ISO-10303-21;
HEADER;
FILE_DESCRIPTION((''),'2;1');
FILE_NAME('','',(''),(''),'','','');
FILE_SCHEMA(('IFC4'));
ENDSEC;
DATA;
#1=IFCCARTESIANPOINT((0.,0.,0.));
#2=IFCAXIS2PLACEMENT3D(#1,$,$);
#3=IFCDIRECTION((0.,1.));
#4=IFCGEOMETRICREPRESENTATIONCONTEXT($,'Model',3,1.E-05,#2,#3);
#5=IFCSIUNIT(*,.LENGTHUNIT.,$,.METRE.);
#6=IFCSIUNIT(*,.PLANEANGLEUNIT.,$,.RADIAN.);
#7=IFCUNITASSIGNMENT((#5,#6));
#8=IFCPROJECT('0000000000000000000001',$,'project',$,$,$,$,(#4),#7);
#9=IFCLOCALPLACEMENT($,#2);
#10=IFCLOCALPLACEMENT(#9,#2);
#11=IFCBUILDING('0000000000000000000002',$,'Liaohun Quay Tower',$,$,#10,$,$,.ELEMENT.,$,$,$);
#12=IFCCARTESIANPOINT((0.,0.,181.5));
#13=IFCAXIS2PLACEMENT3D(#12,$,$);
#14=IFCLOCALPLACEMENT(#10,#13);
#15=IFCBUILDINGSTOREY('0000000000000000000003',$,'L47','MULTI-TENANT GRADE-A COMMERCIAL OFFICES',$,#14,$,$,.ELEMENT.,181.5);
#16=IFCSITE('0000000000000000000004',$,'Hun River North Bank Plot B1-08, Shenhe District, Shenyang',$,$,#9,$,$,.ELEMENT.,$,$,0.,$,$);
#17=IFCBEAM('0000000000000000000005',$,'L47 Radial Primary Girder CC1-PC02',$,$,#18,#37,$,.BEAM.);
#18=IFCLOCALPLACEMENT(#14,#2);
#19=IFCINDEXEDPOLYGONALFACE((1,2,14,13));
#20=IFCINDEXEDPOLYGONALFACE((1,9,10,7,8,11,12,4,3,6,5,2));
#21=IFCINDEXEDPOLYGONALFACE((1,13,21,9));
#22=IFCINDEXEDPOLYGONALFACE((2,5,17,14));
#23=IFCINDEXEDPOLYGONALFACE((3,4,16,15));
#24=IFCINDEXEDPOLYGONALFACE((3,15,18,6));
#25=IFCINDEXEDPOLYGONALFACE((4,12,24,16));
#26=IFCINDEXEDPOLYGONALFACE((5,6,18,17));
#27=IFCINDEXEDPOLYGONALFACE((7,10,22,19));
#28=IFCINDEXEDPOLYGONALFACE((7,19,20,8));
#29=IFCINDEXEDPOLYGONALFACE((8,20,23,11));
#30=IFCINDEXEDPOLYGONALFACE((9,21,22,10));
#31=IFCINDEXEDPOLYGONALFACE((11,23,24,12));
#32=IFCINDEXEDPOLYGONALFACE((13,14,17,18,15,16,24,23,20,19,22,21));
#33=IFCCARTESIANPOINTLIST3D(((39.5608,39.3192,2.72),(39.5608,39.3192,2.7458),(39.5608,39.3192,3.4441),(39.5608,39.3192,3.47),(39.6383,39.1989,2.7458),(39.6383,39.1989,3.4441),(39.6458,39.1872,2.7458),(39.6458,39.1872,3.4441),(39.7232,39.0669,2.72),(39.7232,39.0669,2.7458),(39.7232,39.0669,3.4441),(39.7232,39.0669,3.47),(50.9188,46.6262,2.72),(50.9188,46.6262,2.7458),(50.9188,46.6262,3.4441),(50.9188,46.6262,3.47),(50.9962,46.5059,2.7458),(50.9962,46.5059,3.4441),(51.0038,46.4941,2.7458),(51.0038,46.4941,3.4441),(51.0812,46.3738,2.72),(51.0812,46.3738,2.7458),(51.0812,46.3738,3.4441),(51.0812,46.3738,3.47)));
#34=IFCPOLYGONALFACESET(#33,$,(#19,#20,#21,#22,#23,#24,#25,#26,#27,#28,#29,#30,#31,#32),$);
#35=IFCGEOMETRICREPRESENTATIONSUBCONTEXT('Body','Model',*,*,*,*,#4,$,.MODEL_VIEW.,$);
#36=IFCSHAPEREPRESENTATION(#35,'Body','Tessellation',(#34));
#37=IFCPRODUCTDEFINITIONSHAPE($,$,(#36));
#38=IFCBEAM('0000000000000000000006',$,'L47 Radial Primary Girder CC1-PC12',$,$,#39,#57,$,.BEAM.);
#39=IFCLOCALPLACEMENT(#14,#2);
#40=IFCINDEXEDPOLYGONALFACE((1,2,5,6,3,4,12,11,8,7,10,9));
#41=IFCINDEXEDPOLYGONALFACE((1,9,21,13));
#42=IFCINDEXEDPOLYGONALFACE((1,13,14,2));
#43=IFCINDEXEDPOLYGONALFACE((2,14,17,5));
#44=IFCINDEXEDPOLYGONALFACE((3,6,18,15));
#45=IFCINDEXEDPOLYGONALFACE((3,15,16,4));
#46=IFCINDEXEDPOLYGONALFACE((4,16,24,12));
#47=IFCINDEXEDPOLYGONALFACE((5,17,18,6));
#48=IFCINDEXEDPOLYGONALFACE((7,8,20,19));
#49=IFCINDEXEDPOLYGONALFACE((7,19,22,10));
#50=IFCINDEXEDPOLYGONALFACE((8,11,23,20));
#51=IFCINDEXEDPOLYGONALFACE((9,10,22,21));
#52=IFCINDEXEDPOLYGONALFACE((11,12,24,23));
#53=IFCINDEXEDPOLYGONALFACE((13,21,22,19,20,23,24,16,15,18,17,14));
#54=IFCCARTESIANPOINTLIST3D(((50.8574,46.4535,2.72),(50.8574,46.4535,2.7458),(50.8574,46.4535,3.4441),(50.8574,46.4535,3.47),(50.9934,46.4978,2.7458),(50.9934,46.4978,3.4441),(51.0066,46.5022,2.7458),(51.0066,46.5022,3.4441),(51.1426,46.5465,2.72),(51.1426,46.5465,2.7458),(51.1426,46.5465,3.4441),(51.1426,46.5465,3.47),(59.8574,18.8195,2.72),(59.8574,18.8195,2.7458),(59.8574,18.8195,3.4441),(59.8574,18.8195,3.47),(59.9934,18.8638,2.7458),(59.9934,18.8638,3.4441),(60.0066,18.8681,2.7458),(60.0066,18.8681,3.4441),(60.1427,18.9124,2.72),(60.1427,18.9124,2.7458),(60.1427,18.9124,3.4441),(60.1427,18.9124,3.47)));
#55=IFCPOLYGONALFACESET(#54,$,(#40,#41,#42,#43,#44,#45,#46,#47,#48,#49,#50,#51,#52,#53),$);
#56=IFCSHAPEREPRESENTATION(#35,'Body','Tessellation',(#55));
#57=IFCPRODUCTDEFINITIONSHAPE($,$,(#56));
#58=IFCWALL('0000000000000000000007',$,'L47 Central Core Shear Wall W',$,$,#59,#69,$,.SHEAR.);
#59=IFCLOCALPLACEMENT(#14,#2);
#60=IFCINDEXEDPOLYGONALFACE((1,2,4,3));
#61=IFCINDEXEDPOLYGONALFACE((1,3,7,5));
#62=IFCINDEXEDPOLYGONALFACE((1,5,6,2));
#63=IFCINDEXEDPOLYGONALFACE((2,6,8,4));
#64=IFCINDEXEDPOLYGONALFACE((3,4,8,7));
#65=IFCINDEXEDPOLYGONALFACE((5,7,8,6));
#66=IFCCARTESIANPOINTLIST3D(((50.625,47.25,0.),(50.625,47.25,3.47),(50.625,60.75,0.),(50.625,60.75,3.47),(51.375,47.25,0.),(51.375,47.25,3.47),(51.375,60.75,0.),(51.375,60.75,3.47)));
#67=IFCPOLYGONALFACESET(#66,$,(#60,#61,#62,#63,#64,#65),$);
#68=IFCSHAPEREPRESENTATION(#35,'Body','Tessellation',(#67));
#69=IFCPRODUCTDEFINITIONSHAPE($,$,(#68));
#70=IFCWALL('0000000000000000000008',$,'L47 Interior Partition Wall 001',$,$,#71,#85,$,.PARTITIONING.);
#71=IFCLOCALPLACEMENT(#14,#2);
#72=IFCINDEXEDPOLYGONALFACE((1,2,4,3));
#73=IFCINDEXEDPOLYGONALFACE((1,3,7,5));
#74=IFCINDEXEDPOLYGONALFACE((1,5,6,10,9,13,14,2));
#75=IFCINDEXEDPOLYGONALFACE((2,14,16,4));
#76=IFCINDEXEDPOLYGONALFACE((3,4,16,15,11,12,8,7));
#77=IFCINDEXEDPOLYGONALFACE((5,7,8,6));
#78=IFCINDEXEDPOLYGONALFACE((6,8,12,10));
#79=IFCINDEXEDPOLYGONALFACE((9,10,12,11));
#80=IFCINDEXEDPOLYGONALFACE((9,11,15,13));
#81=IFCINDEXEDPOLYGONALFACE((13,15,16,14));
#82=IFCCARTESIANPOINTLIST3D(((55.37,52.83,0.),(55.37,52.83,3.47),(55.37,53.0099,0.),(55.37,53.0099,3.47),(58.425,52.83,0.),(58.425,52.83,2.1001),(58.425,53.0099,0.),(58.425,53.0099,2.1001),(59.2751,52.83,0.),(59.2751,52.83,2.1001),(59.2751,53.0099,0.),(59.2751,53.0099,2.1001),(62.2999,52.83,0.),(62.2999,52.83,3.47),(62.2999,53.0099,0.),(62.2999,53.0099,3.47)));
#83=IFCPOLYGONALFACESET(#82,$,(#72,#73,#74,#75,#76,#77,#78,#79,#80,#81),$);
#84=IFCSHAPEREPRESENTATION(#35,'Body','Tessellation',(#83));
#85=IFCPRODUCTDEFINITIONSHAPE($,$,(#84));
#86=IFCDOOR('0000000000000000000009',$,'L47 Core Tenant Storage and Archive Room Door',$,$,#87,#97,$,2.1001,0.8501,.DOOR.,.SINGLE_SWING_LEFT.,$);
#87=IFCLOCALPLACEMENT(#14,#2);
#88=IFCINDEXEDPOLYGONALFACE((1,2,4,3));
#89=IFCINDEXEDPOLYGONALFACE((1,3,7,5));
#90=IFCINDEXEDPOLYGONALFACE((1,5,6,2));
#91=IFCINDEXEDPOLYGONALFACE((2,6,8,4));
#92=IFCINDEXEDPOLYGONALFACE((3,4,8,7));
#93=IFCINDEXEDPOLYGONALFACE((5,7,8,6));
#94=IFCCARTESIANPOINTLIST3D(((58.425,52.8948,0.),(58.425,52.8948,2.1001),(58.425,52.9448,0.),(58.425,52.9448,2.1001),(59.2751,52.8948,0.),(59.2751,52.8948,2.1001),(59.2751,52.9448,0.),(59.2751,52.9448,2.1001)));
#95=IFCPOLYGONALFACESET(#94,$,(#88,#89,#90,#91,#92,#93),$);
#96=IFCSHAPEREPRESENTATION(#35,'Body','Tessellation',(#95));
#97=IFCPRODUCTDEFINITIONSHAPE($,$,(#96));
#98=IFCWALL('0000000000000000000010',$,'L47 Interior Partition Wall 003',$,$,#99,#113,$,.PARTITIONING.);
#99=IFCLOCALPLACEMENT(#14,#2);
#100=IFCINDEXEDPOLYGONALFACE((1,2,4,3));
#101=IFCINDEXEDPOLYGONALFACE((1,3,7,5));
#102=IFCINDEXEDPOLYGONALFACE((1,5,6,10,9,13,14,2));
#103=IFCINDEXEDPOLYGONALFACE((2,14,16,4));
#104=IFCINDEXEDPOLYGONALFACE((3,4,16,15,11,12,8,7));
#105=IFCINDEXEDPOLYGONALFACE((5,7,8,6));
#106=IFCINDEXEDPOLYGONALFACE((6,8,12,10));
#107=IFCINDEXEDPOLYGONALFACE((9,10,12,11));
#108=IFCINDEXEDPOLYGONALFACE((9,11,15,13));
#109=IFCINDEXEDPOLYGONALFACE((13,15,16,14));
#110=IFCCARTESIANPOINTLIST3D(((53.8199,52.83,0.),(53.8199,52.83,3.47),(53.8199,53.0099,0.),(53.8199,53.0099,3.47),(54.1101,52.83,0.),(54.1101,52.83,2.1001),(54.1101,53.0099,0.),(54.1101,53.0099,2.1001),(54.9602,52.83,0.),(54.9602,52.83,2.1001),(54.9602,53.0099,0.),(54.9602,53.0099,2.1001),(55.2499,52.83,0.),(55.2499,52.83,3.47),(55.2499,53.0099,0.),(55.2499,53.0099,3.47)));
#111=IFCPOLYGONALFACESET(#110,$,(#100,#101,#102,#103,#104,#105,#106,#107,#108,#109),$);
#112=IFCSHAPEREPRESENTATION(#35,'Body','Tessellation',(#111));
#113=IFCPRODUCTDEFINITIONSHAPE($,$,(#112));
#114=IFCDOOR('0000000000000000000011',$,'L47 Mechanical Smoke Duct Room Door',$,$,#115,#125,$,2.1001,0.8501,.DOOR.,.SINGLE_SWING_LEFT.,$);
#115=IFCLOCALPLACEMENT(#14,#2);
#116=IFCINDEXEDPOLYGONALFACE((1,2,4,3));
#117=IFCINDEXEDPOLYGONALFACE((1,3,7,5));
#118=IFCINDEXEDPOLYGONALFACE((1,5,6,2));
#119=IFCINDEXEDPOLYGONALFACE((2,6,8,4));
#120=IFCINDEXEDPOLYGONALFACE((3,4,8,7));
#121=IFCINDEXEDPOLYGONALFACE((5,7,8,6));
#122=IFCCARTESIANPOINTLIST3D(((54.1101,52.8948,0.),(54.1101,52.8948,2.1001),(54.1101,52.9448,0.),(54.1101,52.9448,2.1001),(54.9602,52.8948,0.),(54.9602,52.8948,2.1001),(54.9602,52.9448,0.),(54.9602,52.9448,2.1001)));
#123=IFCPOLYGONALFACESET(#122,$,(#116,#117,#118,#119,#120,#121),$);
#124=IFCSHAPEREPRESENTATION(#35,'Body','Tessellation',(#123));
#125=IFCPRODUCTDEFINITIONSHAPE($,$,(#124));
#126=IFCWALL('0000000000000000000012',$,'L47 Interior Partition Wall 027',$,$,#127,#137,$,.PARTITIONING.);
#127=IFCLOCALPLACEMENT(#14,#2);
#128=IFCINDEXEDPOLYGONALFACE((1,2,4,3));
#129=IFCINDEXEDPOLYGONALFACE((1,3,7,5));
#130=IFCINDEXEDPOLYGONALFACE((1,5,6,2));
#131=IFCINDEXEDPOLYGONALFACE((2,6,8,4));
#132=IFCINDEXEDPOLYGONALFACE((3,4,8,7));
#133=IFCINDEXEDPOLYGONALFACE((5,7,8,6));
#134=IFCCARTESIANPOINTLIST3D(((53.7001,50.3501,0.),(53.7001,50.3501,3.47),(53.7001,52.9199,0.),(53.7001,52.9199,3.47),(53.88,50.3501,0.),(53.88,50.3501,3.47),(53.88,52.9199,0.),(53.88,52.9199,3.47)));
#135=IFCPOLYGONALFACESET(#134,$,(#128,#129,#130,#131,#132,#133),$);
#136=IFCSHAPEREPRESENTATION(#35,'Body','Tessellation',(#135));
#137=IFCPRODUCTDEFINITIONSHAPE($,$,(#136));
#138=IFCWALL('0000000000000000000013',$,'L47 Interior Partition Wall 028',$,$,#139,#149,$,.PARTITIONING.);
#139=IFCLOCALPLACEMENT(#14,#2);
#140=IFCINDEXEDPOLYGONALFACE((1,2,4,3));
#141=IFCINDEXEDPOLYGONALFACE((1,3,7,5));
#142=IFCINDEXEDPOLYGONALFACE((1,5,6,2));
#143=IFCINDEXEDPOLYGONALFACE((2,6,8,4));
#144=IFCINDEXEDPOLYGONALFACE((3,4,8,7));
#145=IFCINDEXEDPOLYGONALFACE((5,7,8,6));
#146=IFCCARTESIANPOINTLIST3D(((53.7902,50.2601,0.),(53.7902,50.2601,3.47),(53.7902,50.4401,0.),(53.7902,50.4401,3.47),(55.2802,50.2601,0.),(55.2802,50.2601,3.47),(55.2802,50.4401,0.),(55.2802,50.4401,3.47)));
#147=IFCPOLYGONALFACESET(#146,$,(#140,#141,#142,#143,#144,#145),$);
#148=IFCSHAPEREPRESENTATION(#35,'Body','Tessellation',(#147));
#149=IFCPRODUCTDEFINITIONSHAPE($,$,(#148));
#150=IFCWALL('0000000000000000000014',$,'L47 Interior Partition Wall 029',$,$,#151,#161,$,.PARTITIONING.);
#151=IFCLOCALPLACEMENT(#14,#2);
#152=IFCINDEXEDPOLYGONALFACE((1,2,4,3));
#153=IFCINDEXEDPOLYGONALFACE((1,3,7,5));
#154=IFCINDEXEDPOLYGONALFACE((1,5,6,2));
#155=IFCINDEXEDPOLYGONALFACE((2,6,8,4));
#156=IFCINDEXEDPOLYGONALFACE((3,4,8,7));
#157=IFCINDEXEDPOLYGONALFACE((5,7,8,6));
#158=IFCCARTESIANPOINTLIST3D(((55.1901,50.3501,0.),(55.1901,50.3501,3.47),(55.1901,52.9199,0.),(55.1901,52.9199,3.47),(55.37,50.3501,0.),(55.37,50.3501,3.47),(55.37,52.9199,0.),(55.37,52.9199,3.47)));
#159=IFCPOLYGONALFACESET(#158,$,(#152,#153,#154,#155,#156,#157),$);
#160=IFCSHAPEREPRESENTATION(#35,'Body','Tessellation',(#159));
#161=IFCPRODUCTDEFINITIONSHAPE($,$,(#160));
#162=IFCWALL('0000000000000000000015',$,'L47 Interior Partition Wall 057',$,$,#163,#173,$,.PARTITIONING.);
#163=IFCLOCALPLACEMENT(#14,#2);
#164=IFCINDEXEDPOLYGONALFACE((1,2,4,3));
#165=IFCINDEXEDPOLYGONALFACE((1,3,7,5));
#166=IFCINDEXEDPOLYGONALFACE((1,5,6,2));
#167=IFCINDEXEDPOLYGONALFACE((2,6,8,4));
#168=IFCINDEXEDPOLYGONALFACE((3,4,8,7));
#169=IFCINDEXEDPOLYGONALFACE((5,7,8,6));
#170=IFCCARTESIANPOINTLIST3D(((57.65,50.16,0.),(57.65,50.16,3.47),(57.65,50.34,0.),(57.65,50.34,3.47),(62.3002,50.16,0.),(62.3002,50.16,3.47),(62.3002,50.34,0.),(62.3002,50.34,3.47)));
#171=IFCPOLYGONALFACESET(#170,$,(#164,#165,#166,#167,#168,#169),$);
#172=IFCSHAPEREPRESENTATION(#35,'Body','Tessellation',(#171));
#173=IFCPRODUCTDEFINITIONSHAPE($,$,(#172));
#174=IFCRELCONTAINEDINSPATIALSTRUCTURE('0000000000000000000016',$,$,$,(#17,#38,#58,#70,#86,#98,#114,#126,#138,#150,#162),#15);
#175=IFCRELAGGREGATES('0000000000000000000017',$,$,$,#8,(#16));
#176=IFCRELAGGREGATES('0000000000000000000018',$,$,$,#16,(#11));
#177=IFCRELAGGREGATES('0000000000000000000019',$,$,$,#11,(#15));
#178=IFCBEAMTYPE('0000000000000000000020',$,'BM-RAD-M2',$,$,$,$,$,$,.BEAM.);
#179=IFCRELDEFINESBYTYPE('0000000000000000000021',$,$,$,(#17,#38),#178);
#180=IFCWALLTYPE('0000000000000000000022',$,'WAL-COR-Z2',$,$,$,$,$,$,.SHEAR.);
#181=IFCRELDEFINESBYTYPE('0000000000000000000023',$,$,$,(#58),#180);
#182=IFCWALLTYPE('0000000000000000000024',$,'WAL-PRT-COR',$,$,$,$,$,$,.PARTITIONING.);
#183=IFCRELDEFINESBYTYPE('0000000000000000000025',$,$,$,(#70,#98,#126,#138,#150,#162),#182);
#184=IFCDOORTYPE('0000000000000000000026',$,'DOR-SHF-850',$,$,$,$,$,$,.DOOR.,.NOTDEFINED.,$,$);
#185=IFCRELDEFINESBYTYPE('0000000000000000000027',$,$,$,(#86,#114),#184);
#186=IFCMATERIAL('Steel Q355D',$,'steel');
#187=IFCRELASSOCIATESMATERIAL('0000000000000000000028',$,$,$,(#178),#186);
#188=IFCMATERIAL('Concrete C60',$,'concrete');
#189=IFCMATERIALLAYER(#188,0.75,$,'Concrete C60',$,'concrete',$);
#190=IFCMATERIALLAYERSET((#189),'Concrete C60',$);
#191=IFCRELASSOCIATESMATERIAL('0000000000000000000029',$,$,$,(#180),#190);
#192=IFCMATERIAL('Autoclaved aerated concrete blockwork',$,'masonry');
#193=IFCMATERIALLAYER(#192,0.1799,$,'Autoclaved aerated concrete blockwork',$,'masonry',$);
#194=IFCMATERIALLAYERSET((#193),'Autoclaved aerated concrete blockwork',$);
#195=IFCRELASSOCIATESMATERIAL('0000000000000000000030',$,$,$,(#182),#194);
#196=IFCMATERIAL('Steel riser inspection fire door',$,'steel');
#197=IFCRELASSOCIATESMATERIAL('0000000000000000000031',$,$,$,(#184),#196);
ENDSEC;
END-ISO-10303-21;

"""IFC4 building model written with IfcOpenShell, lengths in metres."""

from ifc_helpers import new_model, si_unit, direction, frame, frame_2d, origin, origin_2d, place, context, subcontext, project, spatial, rectangle, i_section, extrude, source, transform, mapped, material, layer, layer_set, material_profile, profile_set, type_object, element, fill, save


model = new_model("IFC4")

# Units and contexts
model_context = context("Model", 3, precision=1e-05, world=origin(), true_north=direction((0.0, 1.0)))
body_context = subcontext(model_context, "Body", "Model", "MODEL_VIEW")
ifc_project = project(units=[si_unit("LENGTHUNIT", "METRE"), si_unit("PLANEANGLEUNIT", "RADIAN")], contexts=[model_context])

# Site, building, storey
site_placement = place(None, origin())
site = spatial("IfcSite", under=ifc_project, at=site_placement, Name="Hun River North Bank Plot B1-08, Shenhe District, Shenyang", CompositionType="ELEMENT", RefElevation=0.0)
building_placement = place(site_placement, origin())
building = spatial("IfcBuilding", under=site, at=building_placement, Name="Liaohun Quay Tower", CompositionType="ELEMENT")
storey_placement = place(building_placement, frame((0.0, 0.0, 181.5)))
storey = spatial("IfcBuildingStorey", under=building, at=storey_placement, Name="L47", Description="MULTI-TENANT GRADE-A COMMERCIAL OFFICES", CompositionType="ELEMENT", Elevation=181.5)

# Beams
ifc_material_1 = material(Name="Steel Q355D", Category="steel")
ifc_material_profile = material_profile(ifc_material_1, i_section(OverallWidth=0.3, OverallDepth=0.75, WebThickness=0.0139, FlangeThickness=0.0259, at=origin_2d()), Name="HN750x300x14x26")
ifc_profile_set = profile_set([ifc_material_profile], Name="Steel Q355D")
beam_type = type_object("IfcBeamType", Name="BM-RAD-M2", PredefinedType="BEAM", material=ifc_profile_set)
shared_shape_1 = source(origin(), body_context, "Body", "SweptSolid", [
    extrude(i_section(OverallWidth=0.3, OverallDepth=0.75, WebThickness=0.0139, FlangeThickness=0.0259, at=origin_2d()), origin(), (0.0, 0.0, 1.0), 13.5054),
])
beam_1_placement = place(storey_placement, frame((51.0, 46.5, 3.095), z_axis=(-0.840998, -0.541039, 0.0), x_axis=(0.541039, -0.840998, 0.0)))
element("IfcBeam", 1, at=beam_1_placement, inside=storey, type_object=beam_type, Name="L47 Radial Primary Girder CC1-PC02", PredefinedType="BEAM", context=body_context, shape_type="MappedRepresentation", body=[
    mapped(shared_shape_1, transform((0.0, 0.0, 0.0), x_axis=(1.0, 0.0, 0.0), y_axis=(0.0, 1.0, 0.0), z_axis=(0.0, 0.0, 1.0), scale=1.0)),
])
shared_shape_2 = source(origin(), body_context, "Body", "SweptSolid", [
    extrude(i_section(OverallWidth=0.3, OverallDepth=0.75, WebThickness=0.0139, FlangeThickness=0.0259, at=origin_2d()), origin(), (0.0, 0.0, 1.0), 29.0627),
])
beam_2_placement = place(storey_placement, frame((51.0, 46.5, 3.095), z_axis=(0.309675, -0.950842, 0.0), x_axis=(0.950842, 0.309675, 0.0)))
element("IfcBeam", 2, at=beam_2_placement, inside=storey, type_object=beam_type, Name="L47 Radial Primary Girder CC1-PC12", PredefinedType="BEAM", context=body_context, shape_type="MappedRepresentation", body=[
    mapped(shared_shape_2, transform((0.0, 0.0, 0.0), x_axis=(1.0, 0.0, 0.0), y_axis=(0.0, 1.0, 0.0), z_axis=(0.0, 0.0, 1.0), scale=1.0)),
])

# Wall
ifc_material_2 = material(Name="Concrete C60", Category="concrete")
ifc_layer_1 = layer(ifc_material_2, 0.75, Name="Concrete C60", Category="concrete")
ifc_layer_set_1 = layer_set([ifc_layer_1], Name="Concrete C60")
wall_type_1 = type_object("IfcWallType", Name="WAL-COR-Z2", PredefinedType="SHEAR", material=ifc_layer_set_1)
wall_1_placement = place(storey_placement, frame((51.0, 47.25, 0.0), z_axis=(0.0, 0.0, 1.0), x_axis=(0.0, 1.0, 0.0)))
element("IfcWall", 3, at=wall_1_placement, inside=storey, type_object=wall_type_1, Name="L47 Central Core Shear Wall W", PredefinedType="SHEAR", context=body_context, shape_type="SweptSolid", body=[
    extrude(rectangle(XDim=13.5, YDim=0.75, at=frame_2d((6.75, 0.0))), origin(), (0.0, 0.0, 1.0), 3.47),
])

# Walls, openings, doors
ifc_material_3 = material(Name="Autoclaved aerated concrete blockwork", Category="masonry")
ifc_layer_2 = layer(ifc_material_3, 0.1799, Name="Autoclaved aerated concrete blockwork", Category="masonry")
ifc_layer_set_2 = layer_set([ifc_layer_2], Name="Autoclaved aerated concrete blockwork")
wall_type_2 = type_object("IfcWallType", Name="WAL-PRT-COR", PredefinedType="PARTITIONING", material=ifc_layer_set_2)
wall_2_placement = place(storey_placement, frame((55.3701, 52.9199, 0.0), z_axis=(0.0, 0.0, 1.0), x_axis=(1.0, 0.0, 0.0)))
wall_2 = element("IfcWall", 4, at=wall_2_placement, inside=storey, type_object=wall_type_2, Name="L47 Interior Partition Wall 001", PredefinedType="PARTITIONING", context=body_context, shape_type="SweptSolid", body=[
    extrude(rectangle(XDim=6.9299, YDim=0.1799, at=frame_2d((3.4648, 0.0))), origin(), (0.0, 0.0, 1.0), 3.47),
])
shared_shape_3 = source(origin(), body_context, "Body", "SweptSolid", [
    extrude(rectangle(XDim=0.8501, YDim=2.1001, at=frame_2d((0.425, 1.05))), frame((0.0, 0.0999, 0.0), z_axis=(0.0, -1.0, 0.0), x_axis=(1.0, 0.0, 0.0)), (0.0, 0.0, 1.0), 0.2),
])
opening_1_placement = place(wall_2_placement, frame((3.0549, 0.0, 0.0)))
opening_1 = element("IfcOpeningElement", 5, at=opening_1_placement, cuts=wall_2, PredefinedType="OPENING", context=body_context, shape_type="MappedRepresentation", body=[
    mapped(shared_shape_3, transform((0.0, 0.0, 0.0), x_axis=(1.0, 0.0, 0.0), y_axis=(0.0, 1.0, 0.0), z_axis=(0.0, 0.0, 1.0), scale=1.0)),
])
ifc_material_4 = material(Name="Steel riser inspection fire door", Category="steel")
door_type_1 = type_object("IfcDoorType", Name="DOR-SHF-850", OperationType="NOTDEFINED", PredefinedType="DOOR", material=ifc_material_4)
shared_shape_4 = source(origin(), body_context, "Body", "SweptSolid", [
    extrude(rectangle(XDim=0.8501, YDim=2.1001, at=frame_2d((0.425, 1.05))), frame((0.0, 0.0249, 0.0), z_axis=(0.0, -1.0, 0.0), x_axis=(1.0, 0.0, 0.0)), (0.0, 0.0, 1.0), 0.05),
])
door_1_placement = place(opening_1_placement, origin())
door_1 = element("IfcDoor", 6, at=door_1_placement, inside=storey, type_object=door_type_1, Name="L47 Core Tenant Storage and Archive Room Door", OperationType="SINGLE_SWING_LEFT", OverallHeight=2.1001, OverallWidth=0.8501, PredefinedType="DOOR", context=body_context, shape_type="MappedRepresentation", body=[
    mapped(shared_shape_4, transform((0.0, 0.0, 0.0), x_axis=(1.0, 0.0, 0.0), y_axis=(0.0, 1.0, 0.0), z_axis=(0.0, 0.0, 1.0), scale=1.0)),
])
fill(opening_1, door_1)
wall_3_placement = place(storey_placement, frame((53.8201, 52.9199, 0.0), z_axis=(0.0, 0.0, 1.0), x_axis=(1.0, 0.0, 0.0)))
wall_3 = element("IfcWall", 7, at=wall_3_placement, inside=storey, type_object=wall_type_2, Name="L47 Interior Partition Wall 003", PredefinedType="PARTITIONING", context=body_context, shape_type="SweptSolid", body=[
    extrude(rectangle(XDim=1.4299, YDim=0.1799, at=frame_2d((0.7148, 0.0))), origin(), (0.0, 0.0, 1.0), 3.47),
])
opening_2_placement = place(wall_3_placement, frame((0.29, 0.0, 0.0)))
opening_2 = element("IfcOpeningElement", 8, at=opening_2_placement, cuts=wall_3, PredefinedType="OPENING", context=body_context, shape_type="MappedRepresentation", body=[
    mapped(shared_shape_3, transform((0.0, 0.0, 0.0), x_axis=(1.0, 0.0, 0.0), y_axis=(0.0, 1.0, 0.0), z_axis=(0.0, 0.0, 1.0), scale=1.0)),
])
door_2_placement = place(opening_2_placement, origin())
door_2 = element("IfcDoor", 9, at=door_2_placement, inside=storey, type_object=door_type_1, Name="L47 Mechanical Smoke Duct Room Door", OperationType="SINGLE_SWING_LEFT", OverallHeight=2.1001, OverallWidth=0.8501, PredefinedType="DOOR", context=body_context, shape_type="MappedRepresentation", body=[
    mapped(shared_shape_4, transform((0.0, 0.0, 0.0), x_axis=(1.0, 0.0, 0.0), y_axis=(0.0, 1.0, 0.0), z_axis=(0.0, 0.0, 1.0), scale=1.0)),
])
fill(opening_2, door_2)

# Walls
wall_4_placement = place(storey_placement, frame((53.79, 50.3501, 0.0), z_axis=(0.0, 0.0, 1.0), x_axis=(0.0, 1.0, 0.0)))
element("IfcWall", 10, at=wall_4_placement, inside=storey, type_object=wall_type_2, Name="L47 Interior Partition Wall 027", PredefinedType="PARTITIONING", context=body_context, shape_type="SweptSolid", body=[
    extrude(rectangle(XDim=2.5698, YDim=0.1799, at=frame_2d((1.2849, 0.0))), origin(), (0.0, 0.0, 1.0), 3.47),
])
wall_5_placement = place(storey_placement, frame((53.79, 50.3501, 0.0), z_axis=(0.0, 0.0, 1.0), x_axis=(1.0, 0.0, 0.0)))
element("IfcWall", 11, at=wall_5_placement, inside=storey, type_object=wall_type_2, Name="L47 Interior Partition Wall 028", PredefinedType="PARTITIONING", context=body_context, shape_type="SweptSolid", body=[
    extrude(rectangle(XDim=1.49, YDim=0.1799, at=frame_2d((0.7451, 0.0))), origin(), (0.0, 0.0, 1.0), 3.47),
])
wall_6_placement = place(storey_placement, frame((55.28, 50.3501, 0.0), z_axis=(0.0, 0.0, 1.0), x_axis=(0.0, 1.0, 0.0)))
element("IfcWall", 12, at=wall_6_placement, inside=storey, type_object=wall_type_2, Name="L47 Interior Partition Wall 029", PredefinedType="PARTITIONING", context=body_context, shape_type="SweptSolid", body=[
    extrude(rectangle(XDim=2.5698, YDim=0.1799, at=frame_2d((1.2849, 0.0))), origin(), (0.0, 0.0, 1.0), 3.47),
])
wall_7_placement = place(storey_placement, frame((57.6499, 50.25, 0.0), z_axis=(0.0, 0.0, 1.0), x_axis=(1.0, 0.0, 0.0)))
element("IfcWall", 13, at=wall_7_placement, inside=storey, type_object=wall_type_2, Name="L47 Interior Partition Wall 057", PredefinedType="PARTITIONING", context=body_context, shape_type="SweptSolid", body=[
    extrude(rectangle(XDim=4.6501, YDim=0.1799, at=frame_2d((2.3252, 0.0))), origin(), (0.0, 0.0, 1.0), 3.47),
])

save(model, "model.ifc")
